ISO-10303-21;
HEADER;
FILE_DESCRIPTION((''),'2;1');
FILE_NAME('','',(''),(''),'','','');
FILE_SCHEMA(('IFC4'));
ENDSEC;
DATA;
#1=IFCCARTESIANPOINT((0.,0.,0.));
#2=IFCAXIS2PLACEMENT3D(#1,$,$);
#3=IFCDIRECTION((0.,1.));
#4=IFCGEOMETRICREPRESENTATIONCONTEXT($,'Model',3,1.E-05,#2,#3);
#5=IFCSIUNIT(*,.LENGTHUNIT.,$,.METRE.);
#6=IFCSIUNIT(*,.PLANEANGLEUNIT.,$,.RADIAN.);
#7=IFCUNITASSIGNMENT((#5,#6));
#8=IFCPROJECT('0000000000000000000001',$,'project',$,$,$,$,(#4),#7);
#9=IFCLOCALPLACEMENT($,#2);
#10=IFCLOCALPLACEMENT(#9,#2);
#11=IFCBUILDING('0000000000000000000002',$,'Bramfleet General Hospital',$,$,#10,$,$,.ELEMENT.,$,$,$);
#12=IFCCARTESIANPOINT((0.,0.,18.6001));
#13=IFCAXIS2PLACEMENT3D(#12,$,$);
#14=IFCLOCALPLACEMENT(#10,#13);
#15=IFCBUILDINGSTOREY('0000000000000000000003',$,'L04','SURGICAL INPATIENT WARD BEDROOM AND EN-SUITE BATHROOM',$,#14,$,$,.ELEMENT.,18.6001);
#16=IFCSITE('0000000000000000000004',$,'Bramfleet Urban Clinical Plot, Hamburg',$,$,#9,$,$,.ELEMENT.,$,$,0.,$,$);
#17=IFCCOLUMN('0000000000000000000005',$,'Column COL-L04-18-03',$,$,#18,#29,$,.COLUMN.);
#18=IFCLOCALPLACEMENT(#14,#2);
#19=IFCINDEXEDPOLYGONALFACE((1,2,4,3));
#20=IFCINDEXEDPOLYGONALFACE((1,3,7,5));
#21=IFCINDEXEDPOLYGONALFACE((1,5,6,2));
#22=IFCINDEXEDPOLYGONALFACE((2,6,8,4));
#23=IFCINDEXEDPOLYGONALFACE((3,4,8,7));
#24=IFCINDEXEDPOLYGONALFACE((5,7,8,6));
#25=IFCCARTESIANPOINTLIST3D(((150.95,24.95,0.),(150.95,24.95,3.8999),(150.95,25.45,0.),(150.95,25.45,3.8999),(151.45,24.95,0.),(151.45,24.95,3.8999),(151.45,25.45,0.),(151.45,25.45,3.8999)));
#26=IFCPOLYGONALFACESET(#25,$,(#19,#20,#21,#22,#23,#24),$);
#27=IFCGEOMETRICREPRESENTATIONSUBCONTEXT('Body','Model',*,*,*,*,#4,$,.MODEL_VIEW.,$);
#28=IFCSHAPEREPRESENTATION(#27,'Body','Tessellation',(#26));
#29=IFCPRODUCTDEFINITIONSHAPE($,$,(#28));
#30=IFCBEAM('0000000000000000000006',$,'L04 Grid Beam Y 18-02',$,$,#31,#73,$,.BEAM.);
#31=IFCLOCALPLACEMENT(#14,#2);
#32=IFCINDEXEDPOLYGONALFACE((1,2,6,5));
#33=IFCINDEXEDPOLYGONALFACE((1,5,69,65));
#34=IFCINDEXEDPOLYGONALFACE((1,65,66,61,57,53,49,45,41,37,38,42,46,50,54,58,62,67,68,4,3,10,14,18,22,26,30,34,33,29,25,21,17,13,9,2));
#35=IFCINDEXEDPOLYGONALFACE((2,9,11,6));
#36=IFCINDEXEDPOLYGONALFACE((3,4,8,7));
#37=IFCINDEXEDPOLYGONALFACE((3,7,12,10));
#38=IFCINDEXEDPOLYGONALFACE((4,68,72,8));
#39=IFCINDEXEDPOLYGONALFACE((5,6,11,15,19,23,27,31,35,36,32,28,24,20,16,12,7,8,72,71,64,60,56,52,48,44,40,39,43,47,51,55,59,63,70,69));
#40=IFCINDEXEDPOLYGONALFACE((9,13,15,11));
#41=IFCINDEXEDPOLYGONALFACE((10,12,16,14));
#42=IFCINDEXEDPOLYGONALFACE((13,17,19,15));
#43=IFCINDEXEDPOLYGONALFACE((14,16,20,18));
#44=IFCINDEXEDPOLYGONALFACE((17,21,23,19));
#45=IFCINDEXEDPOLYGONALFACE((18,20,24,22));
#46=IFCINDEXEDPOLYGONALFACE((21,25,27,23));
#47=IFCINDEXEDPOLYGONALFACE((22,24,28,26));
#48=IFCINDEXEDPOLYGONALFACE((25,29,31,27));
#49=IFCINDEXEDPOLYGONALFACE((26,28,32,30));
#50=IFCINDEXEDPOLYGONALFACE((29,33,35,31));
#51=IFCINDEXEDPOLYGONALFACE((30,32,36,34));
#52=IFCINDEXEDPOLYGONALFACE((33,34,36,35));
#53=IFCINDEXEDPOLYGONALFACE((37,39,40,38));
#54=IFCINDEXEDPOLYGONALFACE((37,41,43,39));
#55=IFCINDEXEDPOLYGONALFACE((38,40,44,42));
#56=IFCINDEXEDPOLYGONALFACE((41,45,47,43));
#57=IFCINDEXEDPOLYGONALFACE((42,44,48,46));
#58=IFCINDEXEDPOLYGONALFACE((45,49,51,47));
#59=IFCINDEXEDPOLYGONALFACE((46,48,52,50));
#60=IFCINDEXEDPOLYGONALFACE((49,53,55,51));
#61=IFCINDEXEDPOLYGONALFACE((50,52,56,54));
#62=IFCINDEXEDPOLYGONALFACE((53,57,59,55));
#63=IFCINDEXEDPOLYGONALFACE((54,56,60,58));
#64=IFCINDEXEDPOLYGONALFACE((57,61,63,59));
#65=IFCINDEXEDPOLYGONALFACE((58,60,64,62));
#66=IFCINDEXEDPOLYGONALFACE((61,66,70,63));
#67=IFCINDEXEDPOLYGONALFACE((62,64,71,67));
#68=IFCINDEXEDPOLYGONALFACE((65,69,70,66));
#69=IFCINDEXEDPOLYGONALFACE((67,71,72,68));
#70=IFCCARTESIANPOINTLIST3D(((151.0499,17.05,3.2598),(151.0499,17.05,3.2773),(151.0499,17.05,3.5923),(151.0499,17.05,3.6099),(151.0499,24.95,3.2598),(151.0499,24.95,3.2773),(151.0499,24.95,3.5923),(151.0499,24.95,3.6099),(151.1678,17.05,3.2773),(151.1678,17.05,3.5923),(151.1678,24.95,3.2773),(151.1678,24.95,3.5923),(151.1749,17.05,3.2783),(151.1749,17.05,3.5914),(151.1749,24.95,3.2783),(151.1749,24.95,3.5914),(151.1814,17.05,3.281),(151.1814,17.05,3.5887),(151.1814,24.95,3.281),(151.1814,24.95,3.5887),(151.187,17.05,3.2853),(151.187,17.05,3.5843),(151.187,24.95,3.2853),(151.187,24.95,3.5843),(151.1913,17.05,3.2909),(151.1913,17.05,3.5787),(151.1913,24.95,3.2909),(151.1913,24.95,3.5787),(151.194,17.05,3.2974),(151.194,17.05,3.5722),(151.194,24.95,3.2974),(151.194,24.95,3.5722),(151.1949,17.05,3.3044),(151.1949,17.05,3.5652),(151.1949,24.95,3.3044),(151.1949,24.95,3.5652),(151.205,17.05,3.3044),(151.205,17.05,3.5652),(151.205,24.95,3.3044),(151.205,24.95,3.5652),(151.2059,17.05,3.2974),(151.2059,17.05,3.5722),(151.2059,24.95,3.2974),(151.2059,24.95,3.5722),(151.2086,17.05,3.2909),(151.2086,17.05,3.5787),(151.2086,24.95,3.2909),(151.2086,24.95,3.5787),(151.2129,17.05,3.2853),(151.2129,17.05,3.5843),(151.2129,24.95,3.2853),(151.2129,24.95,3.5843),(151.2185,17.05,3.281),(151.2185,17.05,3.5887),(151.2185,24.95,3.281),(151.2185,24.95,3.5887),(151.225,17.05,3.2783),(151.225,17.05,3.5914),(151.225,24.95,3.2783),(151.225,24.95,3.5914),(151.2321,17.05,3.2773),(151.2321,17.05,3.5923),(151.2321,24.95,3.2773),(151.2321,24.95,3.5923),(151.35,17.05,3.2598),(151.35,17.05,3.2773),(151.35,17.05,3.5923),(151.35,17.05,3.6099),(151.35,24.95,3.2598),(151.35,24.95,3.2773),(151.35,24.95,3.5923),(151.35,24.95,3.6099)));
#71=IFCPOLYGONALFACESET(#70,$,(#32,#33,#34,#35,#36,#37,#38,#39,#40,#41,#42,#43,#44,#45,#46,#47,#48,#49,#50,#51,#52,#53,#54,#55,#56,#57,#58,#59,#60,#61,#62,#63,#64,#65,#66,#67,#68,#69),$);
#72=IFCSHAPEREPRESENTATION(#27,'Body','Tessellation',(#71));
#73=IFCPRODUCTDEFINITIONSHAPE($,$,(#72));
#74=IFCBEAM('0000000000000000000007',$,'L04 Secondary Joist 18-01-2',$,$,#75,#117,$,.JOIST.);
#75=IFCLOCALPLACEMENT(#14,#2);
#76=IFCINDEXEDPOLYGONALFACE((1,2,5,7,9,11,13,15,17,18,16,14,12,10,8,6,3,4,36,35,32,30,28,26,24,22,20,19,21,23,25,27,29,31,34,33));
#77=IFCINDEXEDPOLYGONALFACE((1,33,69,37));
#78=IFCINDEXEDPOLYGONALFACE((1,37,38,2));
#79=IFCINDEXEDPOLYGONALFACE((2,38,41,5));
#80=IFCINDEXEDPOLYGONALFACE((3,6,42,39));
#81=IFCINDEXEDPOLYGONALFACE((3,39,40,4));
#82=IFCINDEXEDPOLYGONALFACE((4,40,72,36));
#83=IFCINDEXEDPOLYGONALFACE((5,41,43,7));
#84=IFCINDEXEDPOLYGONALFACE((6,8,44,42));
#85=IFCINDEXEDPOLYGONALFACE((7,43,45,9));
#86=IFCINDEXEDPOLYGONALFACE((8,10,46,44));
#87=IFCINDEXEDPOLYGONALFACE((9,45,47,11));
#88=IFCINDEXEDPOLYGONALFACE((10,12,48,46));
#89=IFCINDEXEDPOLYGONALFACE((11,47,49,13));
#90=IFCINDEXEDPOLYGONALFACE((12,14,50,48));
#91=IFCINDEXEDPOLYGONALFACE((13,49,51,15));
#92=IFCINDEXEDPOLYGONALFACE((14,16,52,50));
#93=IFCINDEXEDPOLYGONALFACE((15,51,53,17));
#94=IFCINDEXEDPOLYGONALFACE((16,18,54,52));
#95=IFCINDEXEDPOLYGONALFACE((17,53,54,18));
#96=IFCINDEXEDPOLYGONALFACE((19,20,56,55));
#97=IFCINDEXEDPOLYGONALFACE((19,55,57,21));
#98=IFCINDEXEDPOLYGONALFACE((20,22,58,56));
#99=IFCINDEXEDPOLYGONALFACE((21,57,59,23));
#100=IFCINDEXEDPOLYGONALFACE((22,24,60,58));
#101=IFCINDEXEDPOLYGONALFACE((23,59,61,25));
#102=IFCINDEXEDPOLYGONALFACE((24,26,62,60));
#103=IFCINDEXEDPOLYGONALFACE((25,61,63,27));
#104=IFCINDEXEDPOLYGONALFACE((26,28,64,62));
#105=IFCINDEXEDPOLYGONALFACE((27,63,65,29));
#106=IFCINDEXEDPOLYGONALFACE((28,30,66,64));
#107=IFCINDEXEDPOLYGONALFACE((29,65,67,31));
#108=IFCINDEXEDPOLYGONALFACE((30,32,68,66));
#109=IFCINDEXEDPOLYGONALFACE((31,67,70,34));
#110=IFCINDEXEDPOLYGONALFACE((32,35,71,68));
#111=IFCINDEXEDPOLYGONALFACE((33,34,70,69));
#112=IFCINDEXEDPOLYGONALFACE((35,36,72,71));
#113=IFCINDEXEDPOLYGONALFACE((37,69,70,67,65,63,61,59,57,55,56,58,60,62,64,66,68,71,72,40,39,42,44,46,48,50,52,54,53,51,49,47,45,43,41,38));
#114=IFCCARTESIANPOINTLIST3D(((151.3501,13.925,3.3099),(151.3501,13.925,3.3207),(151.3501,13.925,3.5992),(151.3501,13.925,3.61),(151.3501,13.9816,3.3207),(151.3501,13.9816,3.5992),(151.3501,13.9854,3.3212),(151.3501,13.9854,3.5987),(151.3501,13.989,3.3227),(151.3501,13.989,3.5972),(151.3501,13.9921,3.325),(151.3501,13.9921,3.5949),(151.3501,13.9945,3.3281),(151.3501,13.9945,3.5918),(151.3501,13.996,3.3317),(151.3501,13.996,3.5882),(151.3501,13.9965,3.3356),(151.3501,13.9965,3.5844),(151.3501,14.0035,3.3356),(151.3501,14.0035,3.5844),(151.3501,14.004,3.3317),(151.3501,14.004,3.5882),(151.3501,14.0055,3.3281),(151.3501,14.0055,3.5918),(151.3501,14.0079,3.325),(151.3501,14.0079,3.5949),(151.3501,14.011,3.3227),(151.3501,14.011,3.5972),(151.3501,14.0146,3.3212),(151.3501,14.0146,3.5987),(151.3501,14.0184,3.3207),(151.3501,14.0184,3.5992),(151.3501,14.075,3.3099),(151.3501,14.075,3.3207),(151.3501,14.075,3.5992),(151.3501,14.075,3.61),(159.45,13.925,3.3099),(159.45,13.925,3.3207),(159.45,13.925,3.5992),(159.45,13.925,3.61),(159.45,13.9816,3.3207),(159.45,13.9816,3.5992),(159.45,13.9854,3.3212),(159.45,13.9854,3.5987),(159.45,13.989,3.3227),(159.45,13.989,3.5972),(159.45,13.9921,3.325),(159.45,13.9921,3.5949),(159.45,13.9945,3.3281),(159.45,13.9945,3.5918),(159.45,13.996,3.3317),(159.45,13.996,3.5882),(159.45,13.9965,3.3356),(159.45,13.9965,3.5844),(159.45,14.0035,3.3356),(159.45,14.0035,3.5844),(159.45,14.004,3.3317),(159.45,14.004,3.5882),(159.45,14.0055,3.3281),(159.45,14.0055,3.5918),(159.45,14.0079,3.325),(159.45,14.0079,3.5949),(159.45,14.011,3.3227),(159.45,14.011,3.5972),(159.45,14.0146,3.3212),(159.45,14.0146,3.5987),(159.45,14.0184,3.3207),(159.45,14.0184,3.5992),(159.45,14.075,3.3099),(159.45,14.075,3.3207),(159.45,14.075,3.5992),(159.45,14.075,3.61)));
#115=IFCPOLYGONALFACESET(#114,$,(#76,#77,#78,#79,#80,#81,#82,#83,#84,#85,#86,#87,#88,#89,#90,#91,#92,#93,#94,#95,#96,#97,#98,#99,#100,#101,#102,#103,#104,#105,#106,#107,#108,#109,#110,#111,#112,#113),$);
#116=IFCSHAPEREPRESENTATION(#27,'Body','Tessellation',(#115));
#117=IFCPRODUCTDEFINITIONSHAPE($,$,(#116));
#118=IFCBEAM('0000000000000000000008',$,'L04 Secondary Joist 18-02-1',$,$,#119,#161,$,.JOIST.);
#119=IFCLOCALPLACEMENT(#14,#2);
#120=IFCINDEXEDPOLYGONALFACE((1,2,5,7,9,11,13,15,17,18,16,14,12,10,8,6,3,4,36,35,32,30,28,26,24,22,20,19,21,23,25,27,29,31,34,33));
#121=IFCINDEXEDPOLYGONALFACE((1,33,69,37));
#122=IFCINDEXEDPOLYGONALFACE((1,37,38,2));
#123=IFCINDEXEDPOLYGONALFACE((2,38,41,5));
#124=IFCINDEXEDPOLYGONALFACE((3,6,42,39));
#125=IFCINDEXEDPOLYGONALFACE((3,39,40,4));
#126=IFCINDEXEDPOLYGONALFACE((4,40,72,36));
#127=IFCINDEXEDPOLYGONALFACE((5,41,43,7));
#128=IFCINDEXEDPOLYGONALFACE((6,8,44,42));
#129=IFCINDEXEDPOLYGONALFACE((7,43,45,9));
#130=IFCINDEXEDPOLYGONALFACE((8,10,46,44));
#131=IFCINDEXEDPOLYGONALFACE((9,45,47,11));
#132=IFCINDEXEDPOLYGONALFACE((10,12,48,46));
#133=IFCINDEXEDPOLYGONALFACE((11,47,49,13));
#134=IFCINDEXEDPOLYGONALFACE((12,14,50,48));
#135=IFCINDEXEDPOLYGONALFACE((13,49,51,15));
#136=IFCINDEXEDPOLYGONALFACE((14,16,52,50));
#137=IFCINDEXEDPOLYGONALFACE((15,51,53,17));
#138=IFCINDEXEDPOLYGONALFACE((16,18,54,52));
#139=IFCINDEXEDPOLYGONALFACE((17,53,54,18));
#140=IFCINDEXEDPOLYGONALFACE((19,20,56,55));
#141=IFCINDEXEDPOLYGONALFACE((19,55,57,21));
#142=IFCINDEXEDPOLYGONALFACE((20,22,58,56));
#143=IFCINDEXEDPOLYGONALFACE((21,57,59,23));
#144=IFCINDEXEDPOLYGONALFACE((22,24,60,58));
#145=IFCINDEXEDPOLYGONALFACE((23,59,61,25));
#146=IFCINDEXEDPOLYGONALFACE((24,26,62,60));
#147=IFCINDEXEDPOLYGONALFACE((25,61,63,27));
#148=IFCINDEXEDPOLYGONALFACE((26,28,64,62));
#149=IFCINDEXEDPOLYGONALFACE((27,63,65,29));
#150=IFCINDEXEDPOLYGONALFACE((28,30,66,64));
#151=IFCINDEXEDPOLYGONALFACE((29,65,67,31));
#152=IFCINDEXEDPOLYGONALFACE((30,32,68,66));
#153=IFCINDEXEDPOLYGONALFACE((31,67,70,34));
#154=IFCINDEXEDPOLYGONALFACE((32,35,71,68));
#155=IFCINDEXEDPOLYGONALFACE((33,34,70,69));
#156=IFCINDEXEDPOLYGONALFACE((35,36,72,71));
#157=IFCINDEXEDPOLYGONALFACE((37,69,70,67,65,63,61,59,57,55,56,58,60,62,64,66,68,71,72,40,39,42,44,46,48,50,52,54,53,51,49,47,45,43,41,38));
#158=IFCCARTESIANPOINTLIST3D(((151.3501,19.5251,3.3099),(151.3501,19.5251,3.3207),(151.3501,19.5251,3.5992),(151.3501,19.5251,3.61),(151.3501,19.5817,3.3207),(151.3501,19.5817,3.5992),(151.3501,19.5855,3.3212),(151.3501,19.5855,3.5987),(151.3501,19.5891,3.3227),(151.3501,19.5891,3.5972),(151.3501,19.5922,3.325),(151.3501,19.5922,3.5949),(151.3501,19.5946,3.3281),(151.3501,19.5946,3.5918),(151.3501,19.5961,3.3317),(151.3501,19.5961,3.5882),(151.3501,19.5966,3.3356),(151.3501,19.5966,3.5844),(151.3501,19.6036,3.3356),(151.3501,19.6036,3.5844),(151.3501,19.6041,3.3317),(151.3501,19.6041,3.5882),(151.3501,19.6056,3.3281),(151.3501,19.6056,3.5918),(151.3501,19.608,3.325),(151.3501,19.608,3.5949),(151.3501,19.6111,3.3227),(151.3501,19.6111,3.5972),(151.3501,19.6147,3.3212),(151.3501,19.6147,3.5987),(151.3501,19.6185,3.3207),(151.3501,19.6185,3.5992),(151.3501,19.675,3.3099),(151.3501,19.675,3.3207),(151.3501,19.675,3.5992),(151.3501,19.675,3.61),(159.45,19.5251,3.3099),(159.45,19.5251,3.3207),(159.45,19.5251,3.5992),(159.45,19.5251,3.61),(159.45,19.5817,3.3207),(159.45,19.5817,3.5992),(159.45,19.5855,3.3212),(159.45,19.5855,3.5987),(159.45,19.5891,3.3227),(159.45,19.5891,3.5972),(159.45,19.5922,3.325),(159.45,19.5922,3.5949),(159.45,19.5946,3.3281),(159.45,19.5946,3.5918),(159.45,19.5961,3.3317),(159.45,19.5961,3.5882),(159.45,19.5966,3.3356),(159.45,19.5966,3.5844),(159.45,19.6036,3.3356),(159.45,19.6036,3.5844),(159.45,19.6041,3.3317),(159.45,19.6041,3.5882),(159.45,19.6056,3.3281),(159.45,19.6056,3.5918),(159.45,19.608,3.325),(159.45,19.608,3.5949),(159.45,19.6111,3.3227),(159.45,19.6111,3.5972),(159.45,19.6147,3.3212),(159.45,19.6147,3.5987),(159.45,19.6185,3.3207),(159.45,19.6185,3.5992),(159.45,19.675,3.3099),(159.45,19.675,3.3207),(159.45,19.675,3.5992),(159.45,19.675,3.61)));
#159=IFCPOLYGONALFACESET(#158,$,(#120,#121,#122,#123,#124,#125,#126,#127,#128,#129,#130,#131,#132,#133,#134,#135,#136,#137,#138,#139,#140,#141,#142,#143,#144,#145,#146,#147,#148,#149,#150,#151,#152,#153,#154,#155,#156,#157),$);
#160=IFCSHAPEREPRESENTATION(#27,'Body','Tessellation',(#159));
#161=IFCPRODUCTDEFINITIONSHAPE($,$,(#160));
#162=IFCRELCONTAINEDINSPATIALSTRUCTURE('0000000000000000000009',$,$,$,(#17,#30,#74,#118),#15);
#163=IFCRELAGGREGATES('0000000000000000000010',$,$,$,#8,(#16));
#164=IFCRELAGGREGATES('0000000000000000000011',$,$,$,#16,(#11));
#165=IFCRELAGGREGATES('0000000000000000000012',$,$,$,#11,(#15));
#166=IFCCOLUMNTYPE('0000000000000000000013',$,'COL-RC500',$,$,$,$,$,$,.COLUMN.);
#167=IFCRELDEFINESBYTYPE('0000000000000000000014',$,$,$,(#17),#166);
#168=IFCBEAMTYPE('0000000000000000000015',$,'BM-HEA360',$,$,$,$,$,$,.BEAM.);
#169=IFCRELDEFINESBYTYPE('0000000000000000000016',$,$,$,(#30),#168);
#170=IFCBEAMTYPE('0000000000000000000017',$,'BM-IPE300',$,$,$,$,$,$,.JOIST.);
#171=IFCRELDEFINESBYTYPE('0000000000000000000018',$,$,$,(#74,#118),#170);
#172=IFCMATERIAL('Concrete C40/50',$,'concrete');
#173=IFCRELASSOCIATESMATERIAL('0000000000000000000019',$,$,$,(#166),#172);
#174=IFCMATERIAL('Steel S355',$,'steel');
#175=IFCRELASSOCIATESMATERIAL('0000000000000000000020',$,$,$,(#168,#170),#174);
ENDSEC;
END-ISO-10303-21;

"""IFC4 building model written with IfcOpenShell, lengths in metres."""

from ifc_helpers import new_model, si_unit, direction, frame, origin, origin_2d, place, context, subcontext, project, spatial, rectangle, i_section, extrude, material, material_profile, profile_set, type_object, element, save


model = new_model("IFC4")

# Units and contexts
model_context = context("Model", 3, precision=1e-05, world=origin(), true_north=direction((0.0, 1.0)))
body_context = subcontext(model_context, "Body", "Model", "MODEL_VIEW")
ifc_project = project(units=[si_unit("LENGTHUNIT", "METRE"), si_unit("PLANEANGLEUNIT", "RADIAN")], contexts=[model_context])

# Site, building, storey
site_placement = place(None, origin())
site = spatial("IfcSite", under=ifc_project, at=site_placement, Name="Bramfleet Urban Clinical Plot, Hamburg", CompositionType="ELEMENT", RefElevation=0.0)
building_placement = place(site_placement, origin())
building = spatial("IfcBuilding", under=site, at=building_placement, Name="Bramfleet General Hospital", CompositionType="ELEMENT")
storey_placement = place(building_placement, frame((0.0, 0.0, 18.6001)))
storey = spatial("IfcBuildingStorey", under=building, at=storey_placement, Name="L04", Description="SURGICAL INPATIENT WARD BEDROOM AND EN-SUITE BATHROOM", CompositionType="ELEMENT", Elevation=18.6001)

# Column
ifc_material_1 = material(Name="Concrete C40/50", Category="concrete")
ifc_material_profile_1 = material_profile(ifc_material_1, rectangle(XDim=0.5, YDim=0.5, at=origin_2d()), Name="RC COL 500x500")
ifc_profile_set_1 = profile_set([ifc_material_profile_1], Name="Concrete C40/50")
column_type = type_object("IfcColumnType", Name="COL-RC500", PredefinedType="COLUMN", material=ifc_profile_set_1)
column_placement = place(storey_placement, frame((151.2, 25.2, 0.0), z_axis=(0.0, 0.0, 1.0), x_axis=(1.0, 0.0, 0.0)))
element("IfcColumn", 1, at=column_placement, inside=storey, type_object=column_type, Name="Column COL-L04-18-03", PredefinedType="COLUMN", context=body_context, shape_type="SweptSolid", body=[
    extrude(rectangle(XDim=0.5, YDim=0.5, at=origin_2d()), origin(), (0.0, 0.0, 1.0), 3.8999),
])

# Beams
ifc_material_2 = material(Name="Steel S355", Category="steel")
ifc_material_profile_2 = material_profile(ifc_material_2, i_section(OverallWidth=0.3, OverallDepth=0.3501, WebThickness=0.01, FlangeThickness=0.0176, FilletRadius=0.0271, at=origin_2d()), Name="HEA 360")
ifc_profile_set_2 = profile_set([ifc_material_profile_2], Name="Steel S355")
beam_type_1 = type_object("IfcBeamType", Name="BM-HEA360", PredefinedType="BEAM", material=ifc_profile_set_2)
beam_1_placement = place(storey_placement, frame((151.2, 17.05, 3.4348), z_axis=(0.0, 1.0, 0.0), x_axis=(-1.0, 0.0, 0.0)))
element("IfcBeam", 2, at=beam_1_placement, inside=storey, type_object=beam_type_1, Name="L04 Grid Beam Y 18-02", PredefinedType="BEAM", context=body_context, shape_type="SweptSolid", body=[
    extrude(i_section(OverallWidth=0.3, OverallDepth=0.3501, WebThickness=0.01, FlangeThickness=0.0176, FilletRadius=0.0271, at=origin_2d()), origin(), (0.0, 0.0, 1.0), 7.8999),
])
ifc_material_profile_3 = material_profile(ifc_material_2, i_section(OverallWidth=0.1499, OverallDepth=0.3, WebThickness=0.0071, FlangeThickness=0.0107, FilletRadius=0.0149, at=origin_2d()), Name="IPE 300")
ifc_profile_set_3 = profile_set([ifc_material_profile_3], Name="Steel S355")
beam_type_2 = type_object("IfcBeamType", Name="BM-IPE300", PredefinedType="JOIST", material=ifc_profile_set_3)
for number, where, z_axis, x_axis, name in (
    (3, (151.3501, 14.0, 3.46), (1.0, 0.0, 0.0), (0.0, 1.0, 0.0), "L04 Secondary Joist 18-01-2"),
    (4, (151.3501, 19.6001, 3.46), (1.0, 0.0, 0.0), (0.0, 1.0, 0.0), "L04 Secondary Joist 18-02-1"),
):
    element("IfcBeam", number, at=place(storey_placement, frame(where, z_axis=z_axis, x_axis=x_axis)), inside=storey, type_object=beam_type_2, Name=name, PredefinedType="JOIST", context=body_context, shape_type="SweptSolid", body=[
        extrude(i_section(OverallWidth=0.1499, OverallDepth=0.3, WebThickness=0.0071, FlangeThickness=0.0107, FilletRadius=0.0149, at=origin_2d()), origin(), (0.0, 0.0, 1.0), 8.0999),
    ])

save(model, "model.ifc")
